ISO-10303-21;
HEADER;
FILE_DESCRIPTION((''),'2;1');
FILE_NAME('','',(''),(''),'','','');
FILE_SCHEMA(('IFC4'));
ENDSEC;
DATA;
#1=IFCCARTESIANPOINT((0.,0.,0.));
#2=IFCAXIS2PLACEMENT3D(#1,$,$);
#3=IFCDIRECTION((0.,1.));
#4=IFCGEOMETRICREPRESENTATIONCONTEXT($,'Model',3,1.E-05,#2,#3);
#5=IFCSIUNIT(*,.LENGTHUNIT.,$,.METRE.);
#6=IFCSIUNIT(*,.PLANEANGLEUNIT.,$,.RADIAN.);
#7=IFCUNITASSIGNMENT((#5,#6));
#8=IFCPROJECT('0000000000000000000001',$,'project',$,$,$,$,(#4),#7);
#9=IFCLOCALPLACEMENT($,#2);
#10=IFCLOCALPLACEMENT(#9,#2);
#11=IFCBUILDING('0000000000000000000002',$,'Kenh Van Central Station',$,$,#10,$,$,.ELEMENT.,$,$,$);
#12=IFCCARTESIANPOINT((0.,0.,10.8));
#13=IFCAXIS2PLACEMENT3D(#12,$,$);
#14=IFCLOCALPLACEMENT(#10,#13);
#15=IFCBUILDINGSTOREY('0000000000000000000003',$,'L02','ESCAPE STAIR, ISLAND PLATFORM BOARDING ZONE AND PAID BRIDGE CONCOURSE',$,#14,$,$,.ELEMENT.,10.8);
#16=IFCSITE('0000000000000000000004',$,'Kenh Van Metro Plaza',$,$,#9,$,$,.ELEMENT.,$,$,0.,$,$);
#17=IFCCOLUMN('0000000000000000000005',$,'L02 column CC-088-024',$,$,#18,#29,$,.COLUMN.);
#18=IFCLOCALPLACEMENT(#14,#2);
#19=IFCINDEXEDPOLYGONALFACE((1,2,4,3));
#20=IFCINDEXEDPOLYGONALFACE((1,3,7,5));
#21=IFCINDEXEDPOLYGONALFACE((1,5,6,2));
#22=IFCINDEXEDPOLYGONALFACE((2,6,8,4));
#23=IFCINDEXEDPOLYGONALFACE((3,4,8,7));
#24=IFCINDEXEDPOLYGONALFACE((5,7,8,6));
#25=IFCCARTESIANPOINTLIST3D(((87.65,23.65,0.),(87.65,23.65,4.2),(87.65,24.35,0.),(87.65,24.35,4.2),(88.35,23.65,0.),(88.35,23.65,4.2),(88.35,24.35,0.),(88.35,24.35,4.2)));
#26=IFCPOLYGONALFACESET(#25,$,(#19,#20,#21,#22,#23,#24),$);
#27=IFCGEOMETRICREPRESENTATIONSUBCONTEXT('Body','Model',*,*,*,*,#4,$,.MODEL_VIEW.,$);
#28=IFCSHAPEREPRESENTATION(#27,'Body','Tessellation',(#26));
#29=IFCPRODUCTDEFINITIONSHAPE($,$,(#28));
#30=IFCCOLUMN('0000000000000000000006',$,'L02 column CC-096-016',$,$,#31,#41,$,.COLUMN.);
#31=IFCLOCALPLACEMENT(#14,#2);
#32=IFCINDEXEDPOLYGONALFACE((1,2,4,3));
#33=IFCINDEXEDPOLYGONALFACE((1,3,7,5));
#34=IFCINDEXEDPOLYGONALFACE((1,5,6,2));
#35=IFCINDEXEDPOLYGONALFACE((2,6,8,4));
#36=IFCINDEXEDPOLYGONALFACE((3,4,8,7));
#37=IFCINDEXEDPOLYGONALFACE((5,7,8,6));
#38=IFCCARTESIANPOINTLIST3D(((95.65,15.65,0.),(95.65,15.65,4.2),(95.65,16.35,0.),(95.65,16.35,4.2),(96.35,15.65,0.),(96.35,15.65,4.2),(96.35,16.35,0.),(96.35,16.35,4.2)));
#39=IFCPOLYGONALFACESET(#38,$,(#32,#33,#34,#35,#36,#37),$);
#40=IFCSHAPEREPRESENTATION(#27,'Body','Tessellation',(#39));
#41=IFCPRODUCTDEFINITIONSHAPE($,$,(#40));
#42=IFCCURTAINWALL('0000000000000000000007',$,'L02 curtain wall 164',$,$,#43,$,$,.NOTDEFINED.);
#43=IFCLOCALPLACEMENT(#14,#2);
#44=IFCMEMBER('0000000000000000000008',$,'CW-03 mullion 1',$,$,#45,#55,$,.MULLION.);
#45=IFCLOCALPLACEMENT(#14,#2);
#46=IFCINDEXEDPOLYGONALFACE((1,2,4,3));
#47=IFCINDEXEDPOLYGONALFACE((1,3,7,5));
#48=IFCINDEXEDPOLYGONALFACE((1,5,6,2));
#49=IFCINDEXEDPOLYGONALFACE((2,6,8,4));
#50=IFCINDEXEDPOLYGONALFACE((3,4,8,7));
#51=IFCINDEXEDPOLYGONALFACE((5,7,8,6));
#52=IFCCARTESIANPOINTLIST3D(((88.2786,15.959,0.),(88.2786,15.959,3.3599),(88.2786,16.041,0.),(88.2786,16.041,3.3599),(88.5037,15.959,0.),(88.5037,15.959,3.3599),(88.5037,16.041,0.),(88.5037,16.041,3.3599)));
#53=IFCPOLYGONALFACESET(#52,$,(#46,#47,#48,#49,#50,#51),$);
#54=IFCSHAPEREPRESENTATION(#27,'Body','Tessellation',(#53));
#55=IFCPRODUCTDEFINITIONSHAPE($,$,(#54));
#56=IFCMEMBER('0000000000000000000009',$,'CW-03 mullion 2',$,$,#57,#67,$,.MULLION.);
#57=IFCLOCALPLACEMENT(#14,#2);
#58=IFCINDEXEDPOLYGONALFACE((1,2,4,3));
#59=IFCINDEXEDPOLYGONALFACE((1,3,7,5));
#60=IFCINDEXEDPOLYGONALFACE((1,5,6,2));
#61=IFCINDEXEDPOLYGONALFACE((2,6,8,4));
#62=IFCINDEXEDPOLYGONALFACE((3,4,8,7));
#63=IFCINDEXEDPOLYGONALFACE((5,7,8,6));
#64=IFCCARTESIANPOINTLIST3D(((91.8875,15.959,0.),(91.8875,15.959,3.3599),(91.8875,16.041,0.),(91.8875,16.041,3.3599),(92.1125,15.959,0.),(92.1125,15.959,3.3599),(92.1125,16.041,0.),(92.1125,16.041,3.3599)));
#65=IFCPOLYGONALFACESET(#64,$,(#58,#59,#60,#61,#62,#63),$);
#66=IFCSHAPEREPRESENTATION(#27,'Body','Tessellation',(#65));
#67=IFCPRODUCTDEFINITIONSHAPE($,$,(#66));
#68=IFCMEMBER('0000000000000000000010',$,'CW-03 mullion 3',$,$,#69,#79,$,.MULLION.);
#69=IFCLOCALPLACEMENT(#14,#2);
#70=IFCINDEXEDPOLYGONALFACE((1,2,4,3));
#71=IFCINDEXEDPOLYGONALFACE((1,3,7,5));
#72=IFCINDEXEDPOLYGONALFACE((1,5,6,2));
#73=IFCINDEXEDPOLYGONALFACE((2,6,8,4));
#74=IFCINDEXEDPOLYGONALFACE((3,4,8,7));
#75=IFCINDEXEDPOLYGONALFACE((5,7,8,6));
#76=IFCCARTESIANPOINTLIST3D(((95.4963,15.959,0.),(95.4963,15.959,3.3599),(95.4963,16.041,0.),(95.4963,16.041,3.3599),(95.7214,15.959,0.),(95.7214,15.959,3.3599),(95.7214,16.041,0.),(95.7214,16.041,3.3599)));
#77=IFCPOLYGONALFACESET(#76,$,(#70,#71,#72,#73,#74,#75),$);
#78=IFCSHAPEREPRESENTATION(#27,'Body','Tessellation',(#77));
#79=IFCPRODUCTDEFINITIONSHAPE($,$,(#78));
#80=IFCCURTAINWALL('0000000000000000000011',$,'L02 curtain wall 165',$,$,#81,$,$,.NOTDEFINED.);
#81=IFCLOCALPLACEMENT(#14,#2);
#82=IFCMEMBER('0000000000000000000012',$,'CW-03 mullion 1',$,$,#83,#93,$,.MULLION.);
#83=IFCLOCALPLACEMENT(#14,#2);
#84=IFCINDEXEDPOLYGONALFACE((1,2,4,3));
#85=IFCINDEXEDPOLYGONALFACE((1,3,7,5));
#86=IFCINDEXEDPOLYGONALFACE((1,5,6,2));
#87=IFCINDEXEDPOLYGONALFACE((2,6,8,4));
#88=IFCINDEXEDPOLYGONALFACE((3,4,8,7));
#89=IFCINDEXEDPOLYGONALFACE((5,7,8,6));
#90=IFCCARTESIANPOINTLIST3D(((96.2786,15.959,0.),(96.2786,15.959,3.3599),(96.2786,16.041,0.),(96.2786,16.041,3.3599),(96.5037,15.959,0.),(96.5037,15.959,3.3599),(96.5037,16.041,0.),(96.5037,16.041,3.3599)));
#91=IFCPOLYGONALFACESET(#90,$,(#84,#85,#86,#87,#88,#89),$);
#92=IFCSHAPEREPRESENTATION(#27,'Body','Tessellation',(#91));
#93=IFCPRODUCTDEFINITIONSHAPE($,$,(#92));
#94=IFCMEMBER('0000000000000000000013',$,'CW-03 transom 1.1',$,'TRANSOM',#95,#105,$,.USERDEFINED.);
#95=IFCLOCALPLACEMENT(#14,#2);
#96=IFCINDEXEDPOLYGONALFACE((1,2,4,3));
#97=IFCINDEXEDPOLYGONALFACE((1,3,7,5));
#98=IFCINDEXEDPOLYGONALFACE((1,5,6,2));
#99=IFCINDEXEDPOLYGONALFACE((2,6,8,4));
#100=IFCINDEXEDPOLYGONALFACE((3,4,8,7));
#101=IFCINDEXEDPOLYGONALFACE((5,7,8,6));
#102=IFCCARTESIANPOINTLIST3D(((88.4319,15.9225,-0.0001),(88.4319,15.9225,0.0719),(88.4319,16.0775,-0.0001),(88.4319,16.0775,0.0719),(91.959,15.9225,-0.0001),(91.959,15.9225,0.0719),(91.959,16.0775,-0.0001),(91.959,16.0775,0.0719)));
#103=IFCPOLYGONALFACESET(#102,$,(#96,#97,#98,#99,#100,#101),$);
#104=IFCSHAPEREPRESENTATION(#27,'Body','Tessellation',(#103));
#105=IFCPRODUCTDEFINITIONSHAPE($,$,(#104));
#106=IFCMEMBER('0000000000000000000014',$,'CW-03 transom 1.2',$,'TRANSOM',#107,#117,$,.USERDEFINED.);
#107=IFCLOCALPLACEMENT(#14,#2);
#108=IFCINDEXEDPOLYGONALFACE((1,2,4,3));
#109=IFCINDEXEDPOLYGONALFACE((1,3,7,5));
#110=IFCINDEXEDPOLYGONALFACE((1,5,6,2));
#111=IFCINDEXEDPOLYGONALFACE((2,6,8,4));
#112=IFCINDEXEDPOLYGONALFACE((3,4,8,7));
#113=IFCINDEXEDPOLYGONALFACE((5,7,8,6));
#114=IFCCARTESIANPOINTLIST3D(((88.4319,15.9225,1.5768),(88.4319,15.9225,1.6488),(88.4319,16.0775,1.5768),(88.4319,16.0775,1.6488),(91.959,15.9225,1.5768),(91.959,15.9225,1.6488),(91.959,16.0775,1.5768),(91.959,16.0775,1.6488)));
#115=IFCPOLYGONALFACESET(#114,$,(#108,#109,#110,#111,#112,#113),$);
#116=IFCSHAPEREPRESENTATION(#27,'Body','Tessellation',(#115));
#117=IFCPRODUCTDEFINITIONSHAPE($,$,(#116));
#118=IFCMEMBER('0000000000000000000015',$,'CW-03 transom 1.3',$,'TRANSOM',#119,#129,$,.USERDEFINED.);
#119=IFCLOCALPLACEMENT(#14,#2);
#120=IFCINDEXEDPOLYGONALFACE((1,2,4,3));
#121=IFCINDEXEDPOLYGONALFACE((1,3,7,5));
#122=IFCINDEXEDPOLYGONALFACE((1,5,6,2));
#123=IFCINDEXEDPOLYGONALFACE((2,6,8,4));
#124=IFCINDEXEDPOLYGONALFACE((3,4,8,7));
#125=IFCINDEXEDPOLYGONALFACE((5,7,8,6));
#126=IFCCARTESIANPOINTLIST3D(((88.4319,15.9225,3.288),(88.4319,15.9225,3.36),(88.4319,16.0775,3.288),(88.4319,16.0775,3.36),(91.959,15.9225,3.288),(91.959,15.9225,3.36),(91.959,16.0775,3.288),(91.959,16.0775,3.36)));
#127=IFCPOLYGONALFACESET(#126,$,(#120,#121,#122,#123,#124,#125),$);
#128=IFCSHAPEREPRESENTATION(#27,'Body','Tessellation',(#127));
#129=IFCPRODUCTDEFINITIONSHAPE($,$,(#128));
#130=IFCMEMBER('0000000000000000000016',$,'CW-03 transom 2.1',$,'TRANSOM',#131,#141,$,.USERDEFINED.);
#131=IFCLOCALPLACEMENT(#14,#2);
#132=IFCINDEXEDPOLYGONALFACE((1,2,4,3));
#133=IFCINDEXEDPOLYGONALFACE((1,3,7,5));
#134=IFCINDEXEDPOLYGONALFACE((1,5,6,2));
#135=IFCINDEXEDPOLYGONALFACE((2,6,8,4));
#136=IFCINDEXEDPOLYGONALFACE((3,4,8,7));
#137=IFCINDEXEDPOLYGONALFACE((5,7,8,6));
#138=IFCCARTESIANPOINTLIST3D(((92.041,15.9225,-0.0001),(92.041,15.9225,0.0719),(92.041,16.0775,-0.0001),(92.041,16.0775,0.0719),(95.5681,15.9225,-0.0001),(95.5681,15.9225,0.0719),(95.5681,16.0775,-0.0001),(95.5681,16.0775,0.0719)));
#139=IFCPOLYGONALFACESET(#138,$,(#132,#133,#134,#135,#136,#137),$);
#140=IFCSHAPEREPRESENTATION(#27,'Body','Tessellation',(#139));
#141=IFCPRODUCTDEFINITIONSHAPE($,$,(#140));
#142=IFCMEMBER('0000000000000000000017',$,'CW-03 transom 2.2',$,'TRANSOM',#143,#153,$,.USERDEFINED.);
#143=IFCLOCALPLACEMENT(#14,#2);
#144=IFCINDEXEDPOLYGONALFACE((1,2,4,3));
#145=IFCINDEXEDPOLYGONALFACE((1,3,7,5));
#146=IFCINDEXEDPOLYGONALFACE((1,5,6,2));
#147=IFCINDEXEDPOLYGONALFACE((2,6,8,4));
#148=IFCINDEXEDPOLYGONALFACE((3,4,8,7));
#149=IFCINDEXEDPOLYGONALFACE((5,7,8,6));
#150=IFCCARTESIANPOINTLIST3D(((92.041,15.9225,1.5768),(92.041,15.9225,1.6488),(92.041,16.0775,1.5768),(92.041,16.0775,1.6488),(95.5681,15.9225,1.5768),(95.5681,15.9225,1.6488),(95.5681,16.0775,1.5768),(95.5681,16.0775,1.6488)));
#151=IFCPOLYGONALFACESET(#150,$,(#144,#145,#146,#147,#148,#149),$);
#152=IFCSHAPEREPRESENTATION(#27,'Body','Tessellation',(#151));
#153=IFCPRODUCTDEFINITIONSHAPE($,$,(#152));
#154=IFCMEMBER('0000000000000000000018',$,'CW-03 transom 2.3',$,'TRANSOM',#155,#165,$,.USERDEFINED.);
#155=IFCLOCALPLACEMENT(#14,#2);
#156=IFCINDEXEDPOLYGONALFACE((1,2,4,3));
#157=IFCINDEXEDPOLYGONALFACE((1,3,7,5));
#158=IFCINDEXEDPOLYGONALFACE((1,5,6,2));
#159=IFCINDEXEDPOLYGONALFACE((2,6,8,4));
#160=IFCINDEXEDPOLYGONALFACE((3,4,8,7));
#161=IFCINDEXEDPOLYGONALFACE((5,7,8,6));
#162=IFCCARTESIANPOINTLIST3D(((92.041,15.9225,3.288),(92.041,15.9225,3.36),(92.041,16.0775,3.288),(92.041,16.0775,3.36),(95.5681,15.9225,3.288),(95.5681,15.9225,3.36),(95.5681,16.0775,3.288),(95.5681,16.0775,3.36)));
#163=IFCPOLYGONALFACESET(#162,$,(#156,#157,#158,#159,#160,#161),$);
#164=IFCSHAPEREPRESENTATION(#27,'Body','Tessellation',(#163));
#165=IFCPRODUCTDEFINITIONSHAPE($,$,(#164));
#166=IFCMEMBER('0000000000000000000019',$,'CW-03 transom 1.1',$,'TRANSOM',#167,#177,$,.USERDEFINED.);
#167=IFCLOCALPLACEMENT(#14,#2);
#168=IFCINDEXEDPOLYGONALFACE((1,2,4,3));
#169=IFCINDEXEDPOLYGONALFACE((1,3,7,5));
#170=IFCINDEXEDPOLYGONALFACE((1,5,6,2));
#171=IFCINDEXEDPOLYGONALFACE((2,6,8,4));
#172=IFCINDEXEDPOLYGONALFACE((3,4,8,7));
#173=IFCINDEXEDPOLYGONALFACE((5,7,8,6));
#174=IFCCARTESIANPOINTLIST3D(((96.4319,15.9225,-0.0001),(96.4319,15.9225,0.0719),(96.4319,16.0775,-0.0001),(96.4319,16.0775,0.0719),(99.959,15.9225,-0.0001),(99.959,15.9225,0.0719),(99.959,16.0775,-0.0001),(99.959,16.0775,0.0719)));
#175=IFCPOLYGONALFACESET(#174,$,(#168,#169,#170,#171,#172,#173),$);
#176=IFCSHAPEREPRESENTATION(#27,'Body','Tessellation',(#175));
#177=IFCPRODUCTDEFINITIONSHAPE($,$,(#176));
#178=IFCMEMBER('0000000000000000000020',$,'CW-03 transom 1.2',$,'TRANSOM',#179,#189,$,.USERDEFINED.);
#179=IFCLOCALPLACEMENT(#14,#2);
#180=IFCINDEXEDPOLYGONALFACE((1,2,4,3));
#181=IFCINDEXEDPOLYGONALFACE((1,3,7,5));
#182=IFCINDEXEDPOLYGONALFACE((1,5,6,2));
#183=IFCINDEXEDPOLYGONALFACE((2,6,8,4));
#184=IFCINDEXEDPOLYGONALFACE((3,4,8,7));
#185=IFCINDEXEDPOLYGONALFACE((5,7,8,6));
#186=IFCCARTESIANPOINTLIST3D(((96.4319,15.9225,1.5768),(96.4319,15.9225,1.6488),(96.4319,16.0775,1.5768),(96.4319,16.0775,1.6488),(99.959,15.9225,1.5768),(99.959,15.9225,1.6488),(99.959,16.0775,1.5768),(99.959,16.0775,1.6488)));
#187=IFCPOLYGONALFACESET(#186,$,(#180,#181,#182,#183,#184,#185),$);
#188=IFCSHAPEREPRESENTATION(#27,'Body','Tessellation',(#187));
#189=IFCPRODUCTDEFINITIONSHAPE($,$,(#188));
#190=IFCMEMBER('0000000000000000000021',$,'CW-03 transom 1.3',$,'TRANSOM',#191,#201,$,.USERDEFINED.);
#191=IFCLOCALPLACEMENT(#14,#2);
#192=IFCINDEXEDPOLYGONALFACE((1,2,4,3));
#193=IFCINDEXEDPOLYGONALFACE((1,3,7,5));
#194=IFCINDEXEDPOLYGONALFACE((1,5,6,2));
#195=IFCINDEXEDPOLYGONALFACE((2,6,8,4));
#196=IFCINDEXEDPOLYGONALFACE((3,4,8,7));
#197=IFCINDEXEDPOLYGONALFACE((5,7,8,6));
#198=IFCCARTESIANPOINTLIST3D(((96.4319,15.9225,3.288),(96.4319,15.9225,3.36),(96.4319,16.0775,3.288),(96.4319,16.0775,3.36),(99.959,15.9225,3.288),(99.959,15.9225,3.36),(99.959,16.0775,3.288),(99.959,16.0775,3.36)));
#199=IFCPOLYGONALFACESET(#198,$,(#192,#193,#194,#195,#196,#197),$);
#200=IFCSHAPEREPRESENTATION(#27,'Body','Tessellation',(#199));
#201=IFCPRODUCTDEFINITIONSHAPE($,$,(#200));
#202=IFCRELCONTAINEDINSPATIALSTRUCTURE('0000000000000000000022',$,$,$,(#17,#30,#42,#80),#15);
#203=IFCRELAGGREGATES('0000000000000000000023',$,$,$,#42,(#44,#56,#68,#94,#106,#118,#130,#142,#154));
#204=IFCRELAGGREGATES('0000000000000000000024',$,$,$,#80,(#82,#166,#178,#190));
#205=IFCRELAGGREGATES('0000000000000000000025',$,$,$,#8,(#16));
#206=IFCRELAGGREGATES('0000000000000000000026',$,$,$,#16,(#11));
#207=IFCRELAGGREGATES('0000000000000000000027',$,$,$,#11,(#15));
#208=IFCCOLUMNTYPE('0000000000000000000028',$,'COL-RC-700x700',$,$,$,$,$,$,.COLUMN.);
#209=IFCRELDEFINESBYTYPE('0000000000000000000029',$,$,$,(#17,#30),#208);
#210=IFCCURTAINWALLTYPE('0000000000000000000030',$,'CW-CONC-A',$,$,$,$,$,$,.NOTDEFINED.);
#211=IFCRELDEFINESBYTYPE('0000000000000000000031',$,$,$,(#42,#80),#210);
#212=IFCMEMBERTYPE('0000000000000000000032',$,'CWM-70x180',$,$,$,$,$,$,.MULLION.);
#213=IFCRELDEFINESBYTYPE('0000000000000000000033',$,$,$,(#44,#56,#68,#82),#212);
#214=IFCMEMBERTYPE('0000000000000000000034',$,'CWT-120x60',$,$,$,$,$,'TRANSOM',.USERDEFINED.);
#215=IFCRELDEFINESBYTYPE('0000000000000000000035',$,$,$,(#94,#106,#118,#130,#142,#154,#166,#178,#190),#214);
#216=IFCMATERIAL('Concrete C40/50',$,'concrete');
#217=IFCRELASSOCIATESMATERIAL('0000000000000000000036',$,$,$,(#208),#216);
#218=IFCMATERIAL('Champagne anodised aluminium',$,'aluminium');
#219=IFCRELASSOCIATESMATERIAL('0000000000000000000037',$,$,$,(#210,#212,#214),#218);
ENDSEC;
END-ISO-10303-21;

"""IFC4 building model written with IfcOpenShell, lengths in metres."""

from ifc_helpers import new_model, si_unit, direction, frame, origin, origin_2d, place, context, subcontext, project, spatial, rectangle, extrude, material, material_profile, profile_set, type_object, element, aggregate, save


model = new_model("IFC4")

# Units and contexts
model_context = context("Model", 3, precision=1e-05, world=origin(), true_north=direction((0.0, 1.0)))
body_context = subcontext(model_context, "Body", "Model", "MODEL_VIEW")
ifc_project = project(units=[si_unit("LENGTHUNIT", "METRE"), si_unit("PLANEANGLEUNIT", "RADIAN")], contexts=[model_context])

# Site, building, storey
site_placement = place(None, origin())
site = spatial("IfcSite", under=ifc_project, at=site_placement, Name="Kenh Van Metro Plaza", CompositionType="ELEMENT", RefElevation=0.0)
building_placement = place(site_placement, origin())
building = spatial("IfcBuilding", under=site, at=building_placement, Name="Kenh Van Central Station", CompositionType="ELEMENT")
storey_placement = place(building_placement, frame((0.0, 0.0, 10.8)))
storey = spatial("IfcBuildingStorey", under=building, at=storey_placement, Name="L02", Description="ESCAPE STAIR, ISLAND PLATFORM BOARDING ZONE AND PAID BRIDGE CONCOURSE", CompositionType="ELEMENT", Elevation=10.8)

# Columns
ifc_material_1 = material(Name="Concrete C40/50", Category="concrete")
ifc_material_profile_1 = material_profile(ifc_material_1, rectangle(XDim=0.7, YDim=0.7, at=origin_2d()), Name="RC 700x700")
ifc_profile_set_1 = profile_set([ifc_material_profile_1], Name="Concrete C40/50")
column_type = type_object("IfcColumnType", Name="COL-RC-700x700", PredefinedType="COLUMN", material=ifc_profile_set_1)
for number, where, z_axis, x_axis, name in (
    (1, (88.0, 24.0, 0.0), (0.0, 0.0, 1.0), (1.0, 0.0, 0.0), "L02 column CC-088-024"),
    (2, (96.0, 16.0, 0.0), (0.0, 0.0, 1.0), (1.0, 0.0, 0.0), "L02 column CC-096-016"),
):
    element("IfcColumn", number, at=place(storey_placement, frame(where, z_axis=z_axis, x_axis=x_axis)), inside=storey, type_object=column_type, Name=name, PredefinedType="COLUMN", context=body_context, shape_type="SweptSolid", body=[
        extrude(rectangle(XDim=0.7, YDim=0.7, at=origin_2d()), origin(), (0.0, 0.0, 1.0), 4.2),
    ])

# Curtain wall, members
ifc_material_2 = material(Name="Champagne anodised aluminium", Category="aluminium")
curtain_wall_type = type_object("IfcCurtainWallType", Name="CW-CONC-A", PredefinedType="NOTDEFINED", material=ifc_material_2)
curtain_wall_1_placement = place(storey_placement, origin())
curtain_wall_1 = element("IfcCurtainWall", 3, at=curtain_wall_1_placement, inside=storey, type_object=curtain_wall_type, Name="L02 curtain wall 164", PredefinedType="NOTDEFINED")
ifc_material_profile_2 = material_profile(ifc_material_2, rectangle(XDim=0.082, YDim=0.2251, at=origin_2d()), Name="AL 82x225")
ifc_profile_set_2 = profile_set([ifc_material_profile_2], Name="Champagne anodised aluminium")
member_type_1 = type_object("IfcMemberType", Name="CWM-70x180", PredefinedType="MULLION", material=ifc_profile_set_2)
member_1_placement = place(storey_placement, frame((88.3911, 16.0, 0.0), z_axis=(0.0, 0.0, 1.0), x_axis=(0.0, 1.0, 0.0)))
member_1 = element("IfcMember", 4, at=member_1_placement, type_object=member_type_1, Name="CW-03 mullion 1", PredefinedType="MULLION", context=body_context, shape_type="SweptSolid", body=[
    extrude(rectangle(XDim=0.082, YDim=0.2251, at=origin_2d()), origin(), (0.0, 0.0, 1.0), 3.3599),
])
member_2_placement = place(storey_placement, frame((92.0, 16.0, 0.0), z_axis=(0.0, 0.0, 1.0), x_axis=(0.0, 1.0, 0.0)))
member_2 = element("IfcMember", 5, at=member_2_placement, type_object=member_type_1, Name="CW-03 mullion 2", PredefinedType="MULLION", context=body_context, shape_type="SweptSolid", body=[
    extrude(rectangle(XDim=0.082, YDim=0.2251, at=origin_2d()), origin(), (0.0, 0.0, 1.0), 3.3599),
])
member_3_placement = place(storey_placement, frame((95.6089, 16.0, 0.0), z_axis=(0.0, 0.0, 1.0), x_axis=(0.0, 1.0, 0.0)))
member_3 = element("IfcMember", 6, at=member_3_placement, type_object=member_type_1, Name="CW-03 mullion 3", PredefinedType="MULLION", context=body_context, shape_type="SweptSolid", body=[
    extrude(rectangle(XDim=0.082, YDim=0.2251, at=origin_2d()), origin(), (0.0, 0.0, 1.0), 3.3599),
])

# Curtain wall, member
curtain_wall_2_placement = place(storey_placement, origin())
curtain_wall_2 = element("IfcCurtainWall", 7, at=curtain_wall_2_placement, inside=storey, type_object=curtain_wall_type, Name="L02 curtain wall 165", PredefinedType="NOTDEFINED")
member_4_placement = place(storey_placement, frame((96.3911, 16.0, 0.0), z_axis=(0.0, 0.0, 1.0), x_axis=(0.0, 1.0, 0.0)))
member_4 = element("IfcMember", 8, at=member_4_placement, type_object=member_type_1, Name="CW-03 mullion 1", PredefinedType="MULLION", context=body_context, shape_type="SweptSolid", body=[
    extrude(rectangle(XDim=0.082, YDim=0.2251, at=origin_2d()), origin(), (0.0, 0.0, 1.0), 3.3599),
])

# Members
ifc_material_profile_3 = material_profile(ifc_material_2, rectangle(XDim=0.155, YDim=0.072, at=origin_2d()), Name="AL 155x72")
ifc_profile_set_3 = profile_set([ifc_material_profile_3], Name="Champagne anodised aluminium")
member_type_2 = type_object("IfcMemberType", Name="CWT-120x60", ElementType="TRANSOM", PredefinedType="USERDEFINED", material=ifc_profile_set_3)
member_5_placement = place(storey_placement, frame((88.4319, 16.0, 0.0359), z_axis=(1.0, 0.0, 0.0), x_axis=(0.0, 1.0, 0.0)))
member_5 = element("IfcMember", 9, at=member_5_placement, type_object=member_type_2, Name="CW-03 transom 1.1", ObjectType="TRANSOM", PredefinedType="USERDEFINED", context=body_context, shape_type="SweptSolid", body=[
    extrude(rectangle(XDim=0.155, YDim=0.072, at=origin_2d()), origin(), (0.0, 0.0, 1.0), 3.5271),
])
member_6_placement = place(storey_placement, frame((88.4319, 16.0, 1.6128), z_axis=(1.0, 0.0, 0.0), x_axis=(0.0, 1.0, 0.0)))
member_6 = element("IfcMember", 10, at=member_6_placement, type_object=member_type_2, Name="CW-03 transom 1.2", ObjectType="TRANSOM", PredefinedType="USERDEFINED", context=body_context, shape_type="SweptSolid", body=[
    extrude(rectangle(XDim=0.155, YDim=0.072, at=origin_2d()), origin(), (0.0, 0.0, 1.0), 3.5271),
])
member_7_placement = place(storey_placement, frame((88.4319, 16.0, 3.324), z_axis=(1.0, 0.0, 0.0), x_axis=(0.0, 1.0, 0.0)))
member_7 = element("IfcMember", 11, at=member_7_placement, type_object=member_type_2, Name="CW-03 transom 1.3", ObjectType="TRANSOM", PredefinedType="USERDEFINED", context=body_context, shape_type="SweptSolid", body=[
    extrude(rectangle(XDim=0.155, YDim=0.072, at=origin_2d()), origin(), (0.0, 0.0, 1.0), 3.5271),
])
member_8_placement = place(storey_placement, frame((92.041, 16.0, 0.0359), z_axis=(1.0, 0.0, 0.0), x_axis=(0.0, 1.0, 0.0)))
member_8 = element("IfcMember", 12, at=member_8_placement, type_object=member_type_2, Name="CW-03 transom 2.1", ObjectType="TRANSOM", PredefinedType="USERDEFINED", context=body_context, shape_type="SweptSolid", body=[
    extrude(rectangle(XDim=0.155, YDim=0.072, at=origin_2d()), origin(), (0.0, 0.0, 1.0), 3.5271),
])
member_9_placement = place(storey_placement, frame((92.041, 16.0, 1.6128), z_axis=(1.0, 0.0, 0.0), x_axis=(0.0, 1.0, 0.0)))
member_9 = element("IfcMember", 13, at=member_9_placement, type_object=member_type_2, Name="CW-03 transom 2.2", ObjectType="TRANSOM", PredefinedType="USERDEFINED", context=body_context, shape_type="SweptSolid", body=[
    extrude(rectangle(XDim=0.155, YDim=0.072, at=origin_2d()), origin(), (0.0, 0.0, 1.0), 3.5271),
])
member_10_placement = place(storey_placement, frame((92.041, 16.0, 3.324), z_axis=(1.0, 0.0, 0.0), x_axis=(0.0, 1.0, 0.0)))
member_10 = element("IfcMember", 14, at=member_10_placement, type_object=member_type_2, Name="CW-03 transom 2.3", ObjectType="TRANSOM", PredefinedType="USERDEFINED", context=body_context, shape_type="SweptSolid", body=[
    extrude(rectangle(XDim=0.155, YDim=0.072, at=origin_2d()), origin(), (0.0, 0.0, 1.0), 3.5271),
])
member_11_placement = place(storey_placement, frame((96.4319, 16.0, 0.0359), z_axis=(1.0, 0.0, 0.0), x_axis=(0.0, 1.0, 0.0)))
member_11 = element("IfcMember", 15, at=member_11_placement, type_object=member_type_2, Name="CW-03 transom 1.1", ObjectType="TRANSOM", PredefinedType="USERDEFINED", context=body_context, shape_type="SweptSolid", body=[
    extrude(rectangle(XDim=0.155, YDim=0.072, at=origin_2d()), origin(), (0.0, 0.0, 1.0), 3.5271),
])
member_12_placement = place(storey_placement, frame((96.4319, 16.0, 1.6128), z_axis=(1.0, 0.0, 0.0), x_axis=(0.0, 1.0, 0.0)))
member_12 = element("IfcMember", 16, at=member_12_placement, type_object=member_type_2, Name="CW-03 transom 1.2", ObjectType="TRANSOM", PredefinedType="USERDEFINED", context=body_context, shape_type="SweptSolid", body=[
    extrude(rectangle(XDim=0.155, YDim=0.072, at=origin_2d()), origin(), (0.0, 0.0, 1.0), 3.5271),
])
member_13_placement = place(storey_placement, frame((96.4319, 16.0, 3.324), z_axis=(1.0, 0.0, 0.0), x_axis=(0.0, 1.0, 0.0)))
member_13 = element("IfcMember", 17, at=member_13_placement, type_object=member_type_2, Name="CW-03 transom 1.3", ObjectType="TRANSOM", PredefinedType="USERDEFINED", context=body_context, shape_type="SweptSolid", body=[
    extrude(rectangle(XDim=0.155, YDim=0.072, at=origin_2d()), origin(), (0.0, 0.0, 1.0), 3.5271),
])

aggregate(curtain_wall_1, [member_1, member_2, member_3, member_5, member_6, member_7, member_8, member_9, member_10])
aggregate(curtain_wall_2, [member_4, member_11, member_12, member_13])

save(model, "model.ifc")
